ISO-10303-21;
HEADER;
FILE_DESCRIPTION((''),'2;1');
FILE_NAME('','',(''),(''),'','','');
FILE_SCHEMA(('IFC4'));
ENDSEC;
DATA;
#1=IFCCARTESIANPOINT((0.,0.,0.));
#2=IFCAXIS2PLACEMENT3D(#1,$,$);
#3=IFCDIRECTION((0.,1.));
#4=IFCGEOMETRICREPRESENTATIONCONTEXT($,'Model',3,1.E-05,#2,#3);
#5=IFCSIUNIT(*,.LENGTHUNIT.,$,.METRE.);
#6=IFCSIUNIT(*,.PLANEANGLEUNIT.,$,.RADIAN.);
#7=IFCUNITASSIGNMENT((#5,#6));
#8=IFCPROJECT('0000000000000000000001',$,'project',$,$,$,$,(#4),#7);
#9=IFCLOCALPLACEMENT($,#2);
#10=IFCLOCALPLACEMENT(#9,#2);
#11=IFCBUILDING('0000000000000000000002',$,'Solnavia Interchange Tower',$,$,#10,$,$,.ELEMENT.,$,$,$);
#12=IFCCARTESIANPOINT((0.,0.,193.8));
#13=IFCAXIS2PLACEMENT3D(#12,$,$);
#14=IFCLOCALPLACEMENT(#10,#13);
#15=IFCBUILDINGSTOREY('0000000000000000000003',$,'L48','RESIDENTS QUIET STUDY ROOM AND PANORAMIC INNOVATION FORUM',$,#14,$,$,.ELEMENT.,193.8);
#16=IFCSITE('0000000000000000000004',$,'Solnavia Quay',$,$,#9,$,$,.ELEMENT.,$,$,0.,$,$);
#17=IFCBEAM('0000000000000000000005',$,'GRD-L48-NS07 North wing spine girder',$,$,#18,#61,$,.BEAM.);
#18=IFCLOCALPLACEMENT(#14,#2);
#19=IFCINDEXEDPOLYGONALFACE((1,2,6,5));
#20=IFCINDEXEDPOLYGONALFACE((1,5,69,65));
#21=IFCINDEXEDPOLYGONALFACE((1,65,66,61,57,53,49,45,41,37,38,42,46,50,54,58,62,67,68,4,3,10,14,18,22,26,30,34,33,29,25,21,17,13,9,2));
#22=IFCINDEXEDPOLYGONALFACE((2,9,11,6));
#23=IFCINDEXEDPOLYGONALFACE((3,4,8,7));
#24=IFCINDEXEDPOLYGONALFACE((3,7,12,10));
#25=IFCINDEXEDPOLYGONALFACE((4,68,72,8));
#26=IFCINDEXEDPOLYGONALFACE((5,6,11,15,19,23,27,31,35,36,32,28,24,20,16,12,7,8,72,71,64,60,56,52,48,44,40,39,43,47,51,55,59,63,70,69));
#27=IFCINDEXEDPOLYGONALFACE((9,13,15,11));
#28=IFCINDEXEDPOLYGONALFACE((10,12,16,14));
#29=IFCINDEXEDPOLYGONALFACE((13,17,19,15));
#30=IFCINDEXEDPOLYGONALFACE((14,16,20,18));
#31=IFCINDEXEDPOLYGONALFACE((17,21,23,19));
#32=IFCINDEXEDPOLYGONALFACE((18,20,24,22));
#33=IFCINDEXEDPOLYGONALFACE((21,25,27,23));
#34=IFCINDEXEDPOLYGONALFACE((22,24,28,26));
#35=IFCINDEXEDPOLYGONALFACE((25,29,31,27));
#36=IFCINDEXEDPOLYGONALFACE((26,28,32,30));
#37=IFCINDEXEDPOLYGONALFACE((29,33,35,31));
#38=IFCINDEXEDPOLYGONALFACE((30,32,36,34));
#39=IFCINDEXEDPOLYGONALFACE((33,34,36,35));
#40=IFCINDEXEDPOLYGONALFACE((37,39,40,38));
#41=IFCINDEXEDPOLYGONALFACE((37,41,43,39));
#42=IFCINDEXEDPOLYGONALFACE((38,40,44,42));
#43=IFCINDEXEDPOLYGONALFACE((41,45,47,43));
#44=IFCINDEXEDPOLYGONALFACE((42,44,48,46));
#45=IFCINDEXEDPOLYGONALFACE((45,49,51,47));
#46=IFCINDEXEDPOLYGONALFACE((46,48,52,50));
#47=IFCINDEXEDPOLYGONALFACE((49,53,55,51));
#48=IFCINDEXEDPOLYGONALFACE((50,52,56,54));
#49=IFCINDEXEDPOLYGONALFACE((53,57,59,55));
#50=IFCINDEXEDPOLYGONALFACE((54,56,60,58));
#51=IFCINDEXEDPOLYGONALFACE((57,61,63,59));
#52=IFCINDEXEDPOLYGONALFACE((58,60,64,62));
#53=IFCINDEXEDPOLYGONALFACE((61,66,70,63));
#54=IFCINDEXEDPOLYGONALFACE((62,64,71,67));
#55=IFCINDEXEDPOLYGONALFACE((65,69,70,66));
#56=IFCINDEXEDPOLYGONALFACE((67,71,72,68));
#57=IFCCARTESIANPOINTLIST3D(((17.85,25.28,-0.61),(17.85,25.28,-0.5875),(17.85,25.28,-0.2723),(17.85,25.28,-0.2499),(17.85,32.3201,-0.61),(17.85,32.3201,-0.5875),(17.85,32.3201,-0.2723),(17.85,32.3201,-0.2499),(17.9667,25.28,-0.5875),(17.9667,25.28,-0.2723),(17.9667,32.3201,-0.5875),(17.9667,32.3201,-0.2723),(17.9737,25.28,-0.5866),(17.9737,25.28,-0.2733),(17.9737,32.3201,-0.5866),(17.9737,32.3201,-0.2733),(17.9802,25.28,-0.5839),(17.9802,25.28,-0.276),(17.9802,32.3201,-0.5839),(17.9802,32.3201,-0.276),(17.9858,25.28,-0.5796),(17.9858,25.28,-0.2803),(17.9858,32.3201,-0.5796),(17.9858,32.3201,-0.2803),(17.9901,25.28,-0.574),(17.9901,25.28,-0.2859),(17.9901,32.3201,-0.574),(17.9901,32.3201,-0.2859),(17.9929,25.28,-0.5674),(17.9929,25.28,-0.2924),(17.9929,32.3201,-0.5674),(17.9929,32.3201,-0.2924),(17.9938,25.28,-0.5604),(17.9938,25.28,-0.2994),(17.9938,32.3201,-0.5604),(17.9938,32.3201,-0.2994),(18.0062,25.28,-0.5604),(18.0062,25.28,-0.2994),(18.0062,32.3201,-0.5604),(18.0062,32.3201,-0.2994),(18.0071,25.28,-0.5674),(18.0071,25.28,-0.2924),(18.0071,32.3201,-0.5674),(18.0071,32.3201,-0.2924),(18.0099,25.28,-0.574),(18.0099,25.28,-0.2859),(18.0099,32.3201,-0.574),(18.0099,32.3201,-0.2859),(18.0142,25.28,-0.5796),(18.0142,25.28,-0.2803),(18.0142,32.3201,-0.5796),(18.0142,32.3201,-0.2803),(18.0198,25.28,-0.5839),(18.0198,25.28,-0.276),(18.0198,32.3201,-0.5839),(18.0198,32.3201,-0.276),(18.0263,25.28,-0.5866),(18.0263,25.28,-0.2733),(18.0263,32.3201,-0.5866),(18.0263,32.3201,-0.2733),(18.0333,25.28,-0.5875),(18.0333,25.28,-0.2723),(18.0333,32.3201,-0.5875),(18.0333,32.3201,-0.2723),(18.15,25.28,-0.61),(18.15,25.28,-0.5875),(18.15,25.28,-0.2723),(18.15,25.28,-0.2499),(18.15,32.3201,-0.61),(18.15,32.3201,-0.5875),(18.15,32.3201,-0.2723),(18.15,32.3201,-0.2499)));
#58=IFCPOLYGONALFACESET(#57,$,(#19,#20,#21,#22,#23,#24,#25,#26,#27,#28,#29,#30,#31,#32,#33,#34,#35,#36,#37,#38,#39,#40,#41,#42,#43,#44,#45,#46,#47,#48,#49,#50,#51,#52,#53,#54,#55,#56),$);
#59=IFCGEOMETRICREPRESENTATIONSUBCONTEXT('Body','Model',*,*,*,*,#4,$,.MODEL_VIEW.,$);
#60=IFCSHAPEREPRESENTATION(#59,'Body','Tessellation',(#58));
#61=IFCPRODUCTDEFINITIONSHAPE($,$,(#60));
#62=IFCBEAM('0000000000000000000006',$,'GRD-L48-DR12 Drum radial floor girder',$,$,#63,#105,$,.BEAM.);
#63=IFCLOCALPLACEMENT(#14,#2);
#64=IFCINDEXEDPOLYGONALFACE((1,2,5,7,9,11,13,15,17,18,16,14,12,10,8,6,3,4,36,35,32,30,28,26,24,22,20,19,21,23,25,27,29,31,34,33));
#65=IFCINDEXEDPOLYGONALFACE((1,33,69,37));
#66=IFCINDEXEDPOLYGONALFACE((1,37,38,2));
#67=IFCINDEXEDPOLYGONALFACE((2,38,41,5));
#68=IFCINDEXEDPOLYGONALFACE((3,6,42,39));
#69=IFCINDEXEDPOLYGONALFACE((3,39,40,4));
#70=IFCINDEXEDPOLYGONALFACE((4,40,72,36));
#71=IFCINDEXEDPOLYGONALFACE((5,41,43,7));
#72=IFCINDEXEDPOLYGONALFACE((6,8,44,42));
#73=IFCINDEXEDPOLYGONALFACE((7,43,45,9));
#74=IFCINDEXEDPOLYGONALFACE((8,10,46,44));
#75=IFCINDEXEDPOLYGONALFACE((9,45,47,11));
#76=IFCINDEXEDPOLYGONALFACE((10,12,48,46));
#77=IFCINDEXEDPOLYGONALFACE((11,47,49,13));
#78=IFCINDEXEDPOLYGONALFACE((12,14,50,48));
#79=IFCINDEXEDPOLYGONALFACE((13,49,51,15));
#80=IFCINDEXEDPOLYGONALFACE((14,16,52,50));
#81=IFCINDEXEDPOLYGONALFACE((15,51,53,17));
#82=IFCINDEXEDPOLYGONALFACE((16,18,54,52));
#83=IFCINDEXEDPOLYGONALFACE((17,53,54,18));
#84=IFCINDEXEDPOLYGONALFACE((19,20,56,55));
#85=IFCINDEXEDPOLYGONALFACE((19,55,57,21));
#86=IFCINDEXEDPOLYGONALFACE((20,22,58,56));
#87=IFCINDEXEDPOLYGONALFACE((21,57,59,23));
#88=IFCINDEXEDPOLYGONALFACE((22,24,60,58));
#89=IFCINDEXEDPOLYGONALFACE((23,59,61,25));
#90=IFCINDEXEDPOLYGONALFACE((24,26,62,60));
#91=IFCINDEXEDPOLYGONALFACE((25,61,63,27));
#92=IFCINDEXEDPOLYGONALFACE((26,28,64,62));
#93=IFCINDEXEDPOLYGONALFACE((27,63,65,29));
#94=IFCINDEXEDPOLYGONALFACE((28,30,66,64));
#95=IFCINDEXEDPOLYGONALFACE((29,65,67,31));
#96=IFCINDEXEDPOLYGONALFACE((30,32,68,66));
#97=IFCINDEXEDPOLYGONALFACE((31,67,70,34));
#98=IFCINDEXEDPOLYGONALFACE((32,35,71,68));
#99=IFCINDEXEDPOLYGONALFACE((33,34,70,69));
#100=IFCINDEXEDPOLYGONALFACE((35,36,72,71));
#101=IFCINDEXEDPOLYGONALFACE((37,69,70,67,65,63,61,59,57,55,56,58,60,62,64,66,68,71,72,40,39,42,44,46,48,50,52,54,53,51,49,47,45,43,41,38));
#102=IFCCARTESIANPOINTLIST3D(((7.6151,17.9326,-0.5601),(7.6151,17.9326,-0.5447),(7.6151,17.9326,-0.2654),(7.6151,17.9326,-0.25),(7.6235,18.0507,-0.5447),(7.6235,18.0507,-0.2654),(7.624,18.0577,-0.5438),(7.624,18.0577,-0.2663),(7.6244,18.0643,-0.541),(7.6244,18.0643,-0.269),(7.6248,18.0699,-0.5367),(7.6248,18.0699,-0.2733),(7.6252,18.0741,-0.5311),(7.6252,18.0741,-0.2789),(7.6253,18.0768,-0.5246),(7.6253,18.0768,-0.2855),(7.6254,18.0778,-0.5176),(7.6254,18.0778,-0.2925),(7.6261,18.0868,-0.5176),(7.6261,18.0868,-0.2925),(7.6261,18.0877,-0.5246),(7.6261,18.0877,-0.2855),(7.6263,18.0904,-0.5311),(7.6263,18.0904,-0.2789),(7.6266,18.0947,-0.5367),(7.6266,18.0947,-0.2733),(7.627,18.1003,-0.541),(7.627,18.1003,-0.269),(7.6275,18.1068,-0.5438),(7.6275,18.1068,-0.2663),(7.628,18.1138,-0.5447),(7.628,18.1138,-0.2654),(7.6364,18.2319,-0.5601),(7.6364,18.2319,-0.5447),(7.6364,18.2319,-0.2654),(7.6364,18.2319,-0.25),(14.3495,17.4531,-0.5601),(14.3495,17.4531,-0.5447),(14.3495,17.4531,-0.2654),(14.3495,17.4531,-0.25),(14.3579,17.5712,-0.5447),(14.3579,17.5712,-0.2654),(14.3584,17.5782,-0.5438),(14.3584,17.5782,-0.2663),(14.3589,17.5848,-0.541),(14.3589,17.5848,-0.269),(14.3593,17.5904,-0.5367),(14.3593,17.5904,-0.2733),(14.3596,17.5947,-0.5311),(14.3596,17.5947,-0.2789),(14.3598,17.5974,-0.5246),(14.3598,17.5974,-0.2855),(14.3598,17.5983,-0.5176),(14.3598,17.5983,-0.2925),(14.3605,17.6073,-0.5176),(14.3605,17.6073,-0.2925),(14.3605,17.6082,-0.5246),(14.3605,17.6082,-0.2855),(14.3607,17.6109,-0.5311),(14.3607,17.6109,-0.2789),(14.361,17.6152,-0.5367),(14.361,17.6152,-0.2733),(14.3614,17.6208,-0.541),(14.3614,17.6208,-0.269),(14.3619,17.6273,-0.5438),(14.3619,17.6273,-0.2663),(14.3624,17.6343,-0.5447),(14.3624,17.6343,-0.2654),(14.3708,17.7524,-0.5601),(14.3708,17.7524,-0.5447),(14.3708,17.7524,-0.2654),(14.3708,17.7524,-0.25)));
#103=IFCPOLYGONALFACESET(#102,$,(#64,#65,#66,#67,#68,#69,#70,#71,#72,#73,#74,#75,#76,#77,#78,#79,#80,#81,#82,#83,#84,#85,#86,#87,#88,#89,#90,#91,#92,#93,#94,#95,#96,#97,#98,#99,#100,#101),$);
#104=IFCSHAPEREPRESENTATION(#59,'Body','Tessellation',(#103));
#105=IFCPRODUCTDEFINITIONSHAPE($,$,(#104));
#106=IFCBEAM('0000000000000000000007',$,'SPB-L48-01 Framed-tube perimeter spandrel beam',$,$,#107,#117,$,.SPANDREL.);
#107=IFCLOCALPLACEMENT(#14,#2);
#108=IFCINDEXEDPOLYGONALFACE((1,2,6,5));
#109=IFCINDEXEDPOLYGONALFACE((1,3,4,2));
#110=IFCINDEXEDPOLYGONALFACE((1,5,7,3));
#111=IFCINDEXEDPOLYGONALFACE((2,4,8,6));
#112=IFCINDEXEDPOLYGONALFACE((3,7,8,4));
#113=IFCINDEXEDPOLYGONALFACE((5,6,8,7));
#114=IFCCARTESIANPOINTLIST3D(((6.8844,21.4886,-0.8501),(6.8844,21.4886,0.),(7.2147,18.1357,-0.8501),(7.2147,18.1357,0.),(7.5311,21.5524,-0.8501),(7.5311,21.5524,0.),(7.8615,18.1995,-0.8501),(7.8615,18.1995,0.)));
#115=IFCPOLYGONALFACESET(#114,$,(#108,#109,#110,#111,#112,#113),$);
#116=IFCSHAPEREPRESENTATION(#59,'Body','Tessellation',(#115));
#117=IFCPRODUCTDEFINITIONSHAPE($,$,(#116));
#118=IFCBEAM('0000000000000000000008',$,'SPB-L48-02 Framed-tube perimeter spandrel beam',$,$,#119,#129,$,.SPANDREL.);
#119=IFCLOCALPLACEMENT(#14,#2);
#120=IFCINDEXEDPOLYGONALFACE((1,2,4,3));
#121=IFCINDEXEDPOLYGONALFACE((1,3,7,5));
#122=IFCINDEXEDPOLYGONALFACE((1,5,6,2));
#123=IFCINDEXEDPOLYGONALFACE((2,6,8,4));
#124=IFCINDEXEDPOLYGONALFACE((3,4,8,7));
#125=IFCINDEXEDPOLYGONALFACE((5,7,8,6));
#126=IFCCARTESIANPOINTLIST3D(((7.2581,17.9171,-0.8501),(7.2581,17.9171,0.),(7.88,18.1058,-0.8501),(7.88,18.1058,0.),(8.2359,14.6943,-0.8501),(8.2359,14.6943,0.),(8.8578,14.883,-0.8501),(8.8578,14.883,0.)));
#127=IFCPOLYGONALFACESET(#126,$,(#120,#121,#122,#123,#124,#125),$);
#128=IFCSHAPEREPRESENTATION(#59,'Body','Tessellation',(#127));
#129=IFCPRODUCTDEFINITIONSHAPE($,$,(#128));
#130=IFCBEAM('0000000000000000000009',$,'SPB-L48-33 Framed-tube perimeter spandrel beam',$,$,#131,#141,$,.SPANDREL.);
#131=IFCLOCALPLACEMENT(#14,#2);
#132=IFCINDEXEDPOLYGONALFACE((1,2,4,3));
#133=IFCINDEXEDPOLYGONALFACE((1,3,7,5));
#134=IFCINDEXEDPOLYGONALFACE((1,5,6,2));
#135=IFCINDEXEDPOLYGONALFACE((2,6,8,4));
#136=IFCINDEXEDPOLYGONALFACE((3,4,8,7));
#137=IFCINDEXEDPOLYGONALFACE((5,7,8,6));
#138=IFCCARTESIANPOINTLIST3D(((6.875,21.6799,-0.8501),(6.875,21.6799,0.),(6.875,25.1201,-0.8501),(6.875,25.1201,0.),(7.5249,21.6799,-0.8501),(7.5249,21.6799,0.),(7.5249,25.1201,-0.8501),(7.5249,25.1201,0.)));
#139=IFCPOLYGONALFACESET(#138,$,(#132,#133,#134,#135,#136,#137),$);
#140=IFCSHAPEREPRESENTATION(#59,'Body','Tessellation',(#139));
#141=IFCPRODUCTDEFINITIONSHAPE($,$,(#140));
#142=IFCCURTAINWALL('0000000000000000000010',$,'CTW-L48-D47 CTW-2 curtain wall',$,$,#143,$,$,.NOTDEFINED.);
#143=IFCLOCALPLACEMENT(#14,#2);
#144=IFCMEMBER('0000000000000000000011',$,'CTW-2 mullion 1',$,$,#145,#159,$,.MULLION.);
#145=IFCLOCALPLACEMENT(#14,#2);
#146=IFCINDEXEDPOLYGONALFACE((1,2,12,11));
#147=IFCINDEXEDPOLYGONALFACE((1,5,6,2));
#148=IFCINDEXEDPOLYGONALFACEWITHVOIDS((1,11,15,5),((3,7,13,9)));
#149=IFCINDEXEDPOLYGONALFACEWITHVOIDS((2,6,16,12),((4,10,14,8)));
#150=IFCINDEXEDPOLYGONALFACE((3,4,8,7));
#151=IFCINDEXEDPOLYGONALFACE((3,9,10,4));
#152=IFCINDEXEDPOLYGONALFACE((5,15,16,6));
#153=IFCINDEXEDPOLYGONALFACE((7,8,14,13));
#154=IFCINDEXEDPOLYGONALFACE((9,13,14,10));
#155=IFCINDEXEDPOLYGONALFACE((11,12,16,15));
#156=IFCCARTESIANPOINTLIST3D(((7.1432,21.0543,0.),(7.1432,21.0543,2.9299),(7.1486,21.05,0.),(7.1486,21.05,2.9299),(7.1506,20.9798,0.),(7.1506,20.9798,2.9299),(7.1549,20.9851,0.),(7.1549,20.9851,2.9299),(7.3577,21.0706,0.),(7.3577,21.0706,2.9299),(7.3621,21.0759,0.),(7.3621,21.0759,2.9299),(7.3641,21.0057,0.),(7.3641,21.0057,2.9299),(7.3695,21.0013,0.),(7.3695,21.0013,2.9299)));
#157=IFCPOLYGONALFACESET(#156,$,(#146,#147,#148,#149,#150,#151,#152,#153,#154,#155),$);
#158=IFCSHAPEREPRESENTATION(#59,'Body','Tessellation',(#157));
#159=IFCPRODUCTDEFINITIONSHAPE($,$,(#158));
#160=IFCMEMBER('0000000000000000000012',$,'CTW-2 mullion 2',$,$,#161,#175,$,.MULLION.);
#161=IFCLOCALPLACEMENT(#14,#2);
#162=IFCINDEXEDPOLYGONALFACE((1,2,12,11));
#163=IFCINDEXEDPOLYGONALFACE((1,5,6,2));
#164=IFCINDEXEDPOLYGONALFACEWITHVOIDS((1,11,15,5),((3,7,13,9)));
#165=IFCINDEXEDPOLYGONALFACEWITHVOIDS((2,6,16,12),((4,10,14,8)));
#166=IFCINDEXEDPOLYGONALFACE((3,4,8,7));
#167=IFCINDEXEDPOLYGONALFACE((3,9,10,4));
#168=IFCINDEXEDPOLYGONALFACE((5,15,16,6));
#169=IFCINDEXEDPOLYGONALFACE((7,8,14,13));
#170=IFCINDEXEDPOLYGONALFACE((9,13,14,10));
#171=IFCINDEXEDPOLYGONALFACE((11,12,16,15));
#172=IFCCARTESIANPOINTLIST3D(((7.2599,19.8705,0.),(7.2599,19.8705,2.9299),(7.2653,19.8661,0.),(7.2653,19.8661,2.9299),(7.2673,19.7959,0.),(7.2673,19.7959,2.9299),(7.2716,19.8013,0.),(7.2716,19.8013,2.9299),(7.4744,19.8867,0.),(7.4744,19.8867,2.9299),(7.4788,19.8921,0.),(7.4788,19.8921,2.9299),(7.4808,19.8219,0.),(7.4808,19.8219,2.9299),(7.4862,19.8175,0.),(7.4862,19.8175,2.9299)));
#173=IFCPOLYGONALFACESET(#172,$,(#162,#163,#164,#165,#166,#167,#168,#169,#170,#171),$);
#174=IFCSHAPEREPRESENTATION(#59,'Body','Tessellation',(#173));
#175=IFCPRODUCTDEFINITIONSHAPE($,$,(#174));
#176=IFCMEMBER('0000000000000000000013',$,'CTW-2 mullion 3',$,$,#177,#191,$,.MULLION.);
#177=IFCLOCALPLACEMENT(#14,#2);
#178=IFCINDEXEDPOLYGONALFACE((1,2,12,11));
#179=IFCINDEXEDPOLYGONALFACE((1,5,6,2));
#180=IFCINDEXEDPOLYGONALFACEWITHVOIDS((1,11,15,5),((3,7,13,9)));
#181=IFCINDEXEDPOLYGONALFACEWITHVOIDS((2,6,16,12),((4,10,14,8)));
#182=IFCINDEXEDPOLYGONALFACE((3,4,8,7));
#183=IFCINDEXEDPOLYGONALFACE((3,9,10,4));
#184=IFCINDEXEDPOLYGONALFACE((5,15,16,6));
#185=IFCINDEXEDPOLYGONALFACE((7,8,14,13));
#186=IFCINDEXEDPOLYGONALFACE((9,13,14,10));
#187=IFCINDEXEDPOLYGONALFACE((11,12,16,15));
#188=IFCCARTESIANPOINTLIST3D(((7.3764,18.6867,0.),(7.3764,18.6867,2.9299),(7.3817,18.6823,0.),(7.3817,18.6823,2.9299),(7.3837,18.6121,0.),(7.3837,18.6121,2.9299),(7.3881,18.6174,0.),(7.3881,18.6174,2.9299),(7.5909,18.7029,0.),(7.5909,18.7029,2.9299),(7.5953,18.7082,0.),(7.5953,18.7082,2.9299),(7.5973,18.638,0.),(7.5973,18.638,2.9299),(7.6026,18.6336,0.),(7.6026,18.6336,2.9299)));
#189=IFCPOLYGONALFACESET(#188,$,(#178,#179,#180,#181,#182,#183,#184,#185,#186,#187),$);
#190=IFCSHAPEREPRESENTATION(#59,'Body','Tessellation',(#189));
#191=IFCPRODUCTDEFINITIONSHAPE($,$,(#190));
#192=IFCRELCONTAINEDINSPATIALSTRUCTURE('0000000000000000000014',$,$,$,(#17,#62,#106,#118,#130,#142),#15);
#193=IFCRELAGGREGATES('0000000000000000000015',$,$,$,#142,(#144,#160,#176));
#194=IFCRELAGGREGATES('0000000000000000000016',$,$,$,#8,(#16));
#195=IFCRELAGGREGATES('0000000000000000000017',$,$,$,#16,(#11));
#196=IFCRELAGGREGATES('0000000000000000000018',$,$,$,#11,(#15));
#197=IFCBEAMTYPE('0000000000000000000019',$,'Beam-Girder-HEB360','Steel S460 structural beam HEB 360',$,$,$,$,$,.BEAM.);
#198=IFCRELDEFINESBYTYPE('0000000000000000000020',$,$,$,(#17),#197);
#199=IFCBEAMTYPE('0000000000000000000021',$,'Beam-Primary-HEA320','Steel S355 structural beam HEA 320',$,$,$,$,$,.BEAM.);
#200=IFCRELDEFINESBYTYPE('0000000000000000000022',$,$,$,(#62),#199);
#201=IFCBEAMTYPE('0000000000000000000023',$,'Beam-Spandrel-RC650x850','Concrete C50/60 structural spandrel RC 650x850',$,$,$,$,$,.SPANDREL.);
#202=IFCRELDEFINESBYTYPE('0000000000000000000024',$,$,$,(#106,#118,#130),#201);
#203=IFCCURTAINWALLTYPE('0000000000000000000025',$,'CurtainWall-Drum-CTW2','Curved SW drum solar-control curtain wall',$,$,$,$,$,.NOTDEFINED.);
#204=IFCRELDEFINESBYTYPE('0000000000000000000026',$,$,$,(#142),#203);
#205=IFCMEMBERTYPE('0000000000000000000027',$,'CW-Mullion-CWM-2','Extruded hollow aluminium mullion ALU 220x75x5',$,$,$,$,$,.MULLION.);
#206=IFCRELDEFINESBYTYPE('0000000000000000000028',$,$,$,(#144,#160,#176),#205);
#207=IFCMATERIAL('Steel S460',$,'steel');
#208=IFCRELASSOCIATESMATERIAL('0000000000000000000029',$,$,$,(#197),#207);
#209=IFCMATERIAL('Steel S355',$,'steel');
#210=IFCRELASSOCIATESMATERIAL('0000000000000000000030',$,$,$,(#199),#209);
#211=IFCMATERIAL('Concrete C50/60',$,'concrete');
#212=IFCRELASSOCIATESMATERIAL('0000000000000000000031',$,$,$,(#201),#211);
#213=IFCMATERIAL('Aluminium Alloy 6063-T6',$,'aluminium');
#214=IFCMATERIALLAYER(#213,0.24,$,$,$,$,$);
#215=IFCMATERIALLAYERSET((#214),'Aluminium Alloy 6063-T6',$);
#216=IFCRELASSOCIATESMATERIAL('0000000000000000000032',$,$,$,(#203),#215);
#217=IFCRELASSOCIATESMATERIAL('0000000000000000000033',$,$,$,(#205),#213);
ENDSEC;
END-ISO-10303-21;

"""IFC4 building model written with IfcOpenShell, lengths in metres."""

from ifc_helpers import new_model, si_unit, direction, frame, origin, origin_2d, place, context, subcontext, project, spatial, rectangle, hollow_rectangle, i_section, extrude, material, layer, layer_set, material_profile, profile_set, type_object, element, aggregate, save


model = new_model("IFC4")

# Units and contexts
model_context = context("Model", 3, precision=1e-05, world=origin(), true_north=direction((0.0, 1.0)))
body_context = subcontext(model_context, "Body", "Model", "MODEL_VIEW")
ifc_project = project(units=[si_unit("LENGTHUNIT", "METRE"), si_unit("PLANEANGLEUNIT", "RADIAN")], contexts=[model_context])

# Site, building, storey
site_placement = place(None, origin())
site = spatial("IfcSite", under=ifc_project, at=site_placement, Name="Solnavia Quay", CompositionType="ELEMENT", RefElevation=0.0)
building_placement = place(site_placement, origin())
building = spatial("IfcBuilding", under=site, at=building_placement, Name="Solnavia Interchange Tower", CompositionType="ELEMENT")
storey_placement = place(building_placement, frame((0.0, 0.0, 193.8)))
storey = spatial("IfcBuildingStorey", under=building, at=storey_placement, Name="L48", Description="RESIDENTS QUIET STUDY ROOM AND PANORAMIC INNOVATION FORUM", CompositionType="ELEMENT", Elevation=193.8)

# Shared definitions
ifc_material_1 = material(Name="Concrete C50/60", Category="concrete")
ifc_material_2 = material(Name="Steel S355", Category="steel")

# Beams
ifc_material_3 = material(Name="Steel S460", Category="steel")
ifc_material_profile_1 = material_profile(ifc_material_3, i_section(OverallWidth=0.3, OverallDepth=0.3601, WebThickness=0.0125, FlangeThickness=0.0225, FilletRadius=0.0271, at=origin_2d()), Name="HEB 360")
ifc_profile_set_1 = profile_set([ifc_material_profile_1], Name="Steel S460")
beam_type_1 = type_object("IfcBeamType", Name="Beam-Girder-HEB360", Description="Steel S460 structural beam HEB 360", PredefinedType="BEAM", material=ifc_profile_set_1)
beam_1_placement = place(storey_placement, frame((18.0, 25.28, -0.4299), z_axis=(0.0, 1.0, 0.0), x_axis=(-1.0, 0.0, 0.0)))
element("IfcBeam", 1, at=beam_1_placement, inside=storey, type_object=beam_type_1, Name="GRD-L48-NS07 North wing spine girder", PredefinedType="BEAM", context=body_context, shape_type="SweptSolid", body=[
    extrude(i_section(OverallWidth=0.3, OverallDepth=0.3601, WebThickness=0.0125, FlangeThickness=0.0225, FilletRadius=0.0271, at=origin_2d()), origin(), (0.0, 0.0, 1.0), 7.04),
])
ifc_material_profile_2 = material_profile(ifc_material_2, i_section(OverallWidth=0.3, OverallDepth=0.3101, WebThickness=0.009, FlangeThickness=0.0154, FilletRadius=0.0271, at=origin_2d()), Name="HEA 320")
ifc_profile_set_2 = profile_set([ifc_material_profile_2], Name="Steel S355")
beam_type_2 = type_object("IfcBeamType", Name="Beam-Primary-HEA320", Description="Steel S355 structural beam HEA 320", PredefinedType="BEAM", material=ifc_profile_set_2)
beam_2_placement = place(storey_placement, frame((7.6257, 18.0823, -0.405), z_axis=(0.997475, -0.071021, 0.0), x_axis=(0.071021, 0.997475, 0.0)))
element("IfcBeam", 2, at=beam_2_placement, inside=storey, type_object=beam_type_2, Name="GRD-L48-DR12 Drum radial floor girder", PredefinedType="BEAM", context=body_context, shape_type="SweptSolid", body=[
    extrude(i_section(OverallWidth=0.3, OverallDepth=0.3101, WebThickness=0.009, FlangeThickness=0.0154, FilletRadius=0.0271, at=origin_2d()), origin(), (0.0, 0.0, 1.0), 6.7515),
])
ifc_material_profile_3 = material_profile(ifc_material_1, rectangle(XDim=0.6499, YDim=0.8501, at=origin_2d()), Name="RC 650x850")
ifc_profile_set_3 = profile_set([ifc_material_profile_3], Name="Concrete C50/60")
beam_type_3 = type_object("IfcBeamType", Name="Beam-Spandrel-RC650x850", Description="Concrete C50/60 structural spandrel RC 650x850", PredefinedType="SPANDREL", material=ifc_profile_set_3)
beam_3_placement = place(storey_placement, frame((7.2078, 21.5205, -0.425), z_axis=(0.09804, -0.995182, 0.0), x_axis=(0.995182, 0.09804, 0.0)))
element("IfcBeam", 3, at=beam_3_placement, inside=storey, type_object=beam_type_3, Name="SPB-L48-01 Framed-tube perimeter spandrel beam", PredefinedType="SPANDREL", context=body_context, shape_type="SweptSolid", body=[
    extrude(rectangle(XDim=0.6499, YDim=0.8501, at=origin_2d()), origin(), (0.0, 0.0, 1.0), 3.3691),
])
beam_4_placement = place(storey_placement, frame((7.5691, 18.0115, -0.425), z_axis=(0.290319, -0.95693, 0.0), x_axis=(0.95693, 0.290319, 0.0)))
element("IfcBeam", 4, at=beam_4_placement, inside=storey, type_object=beam_type_3, Name="SPB-L48-02 Framed-tube perimeter spandrel beam", PredefinedType="SPANDREL", context=body_context, shape_type="SweptSolid", body=[
    extrude(rectangle(XDim=0.6499, YDim=0.8501, at=origin_2d()), origin(), (0.0, 0.0, 1.0), 3.3679),
])
beam_5_placement = place(storey_placement, frame((7.2, 25.1201, -0.425), z_axis=(0.0, -1.0, 0.0), x_axis=(1.0, 0.0, 0.0)))
element("IfcBeam", 5, at=beam_5_placement, inside=storey, type_object=beam_type_3, Name="SPB-L48-33 Framed-tube perimeter spandrel beam", PredefinedType="SPANDREL", context=body_context, shape_type="SweptSolid", body=[
    extrude(rectangle(XDim=0.6499, YDim=0.8501, at=origin_2d()), origin(), (0.0, 0.0, 1.0), 3.4402),
])

# Curtain wall, members
ifc_material_4 = material(Name="Aluminium Alloy 6063-T6", Category="aluminium")
ifc_layer_1 = layer(ifc_material_4, 0.24)
ifc_layer_set_1 = layer_set([ifc_layer_1], Name="Aluminium Alloy 6063-T6")
curtain_wall_type = type_object("IfcCurtainWallType", Name="CurtainWall-Drum-CTW2", Description="Curved SW drum solar-control curtain wall", PredefinedType="NOTDEFINED", material=ifc_layer_set_1)
curtain_wall_placement = place(storey_placement, origin())
curtain_wall = element("IfcCurtainWall", 6, at=curtain_wall_placement, inside=storey, type_object=curtain_wall_type, Name="CTW-L48-D47 CTW-2 curtain wall", PredefinedType="NOTDEFINED")
ifc_material_profile_4 = material_profile(ifc_material_4, hollow_rectangle(XDim=0.075, YDim=0.22, WallThickness=0.0049, at=origin_2d()), Name="ALU 220x75x5")
ifc_profile_set_4 = profile_set([ifc_material_profile_4], Name="Aluminium Alloy 6063-T6")
member_type_1 = type_object("IfcMemberType", Name="CW-Mullion-CWM-2", Description="Extruded hollow aluminium mullion ALU 220x75x5", PredefinedType="MULLION", material=ifc_profile_set_4)
member_1_placement = place(storey_placement, frame((7.2563, 21.0278, 0.0), z_axis=(0.0, 0.0, 1.0), x_axis=(0.098043, -0.995182, 0.0)))
member_1 = element("IfcMember", 7, at=member_1_placement, type_object=member_type_1, Name="CTW-2 mullion 1", PredefinedType="MULLION", context=body_context, shape_type="SweptSolid", body=[
    extrude(hollow_rectangle(XDim=0.075, YDim=0.22, WallThickness=0.0049, at=origin_2d()), origin(), (0.0, 0.0, 1.0), 2.9299),
])
member_2_placement = place(storey_placement, frame((7.373, 19.844, 0.0), z_axis=(0.0, 0.0, 1.0), x_axis=(0.098043, -0.995182, 0.0)))
member_2 = element("IfcMember", 8, at=member_2_placement, type_object=member_type_1, Name="CTW-2 mullion 2", PredefinedType="MULLION", context=body_context, shape_type="SweptSolid", body=[
    extrude(hollow_rectangle(XDim=0.075, YDim=0.22, WallThickness=0.0049, at=origin_2d()), origin(), (0.0, 0.0, 1.0), 2.9299),
])
member_3_placement = place(storey_placement, frame((7.4895, 18.6602, 0.0), z_axis=(0.0, 0.0, 1.0), x_axis=(0.098043, -0.995182, 0.0)))
member_3 = element("IfcMember", 9, at=member_3_placement, type_object=member_type_1, Name="CTW-2 mullion 3", PredefinedType="MULLION", context=body_context, shape_type="SweptSolid", body=[
    extrude(hollow_rectangle(XDim=0.075, YDim=0.22, WallThickness=0.0049, at=origin_2d()), origin(), (0.0, 0.0, 1.0), 2.9299),
])
aggregate(curtain_wall, [member_1, member_2, member_3])

save(model, "model.ifc")
